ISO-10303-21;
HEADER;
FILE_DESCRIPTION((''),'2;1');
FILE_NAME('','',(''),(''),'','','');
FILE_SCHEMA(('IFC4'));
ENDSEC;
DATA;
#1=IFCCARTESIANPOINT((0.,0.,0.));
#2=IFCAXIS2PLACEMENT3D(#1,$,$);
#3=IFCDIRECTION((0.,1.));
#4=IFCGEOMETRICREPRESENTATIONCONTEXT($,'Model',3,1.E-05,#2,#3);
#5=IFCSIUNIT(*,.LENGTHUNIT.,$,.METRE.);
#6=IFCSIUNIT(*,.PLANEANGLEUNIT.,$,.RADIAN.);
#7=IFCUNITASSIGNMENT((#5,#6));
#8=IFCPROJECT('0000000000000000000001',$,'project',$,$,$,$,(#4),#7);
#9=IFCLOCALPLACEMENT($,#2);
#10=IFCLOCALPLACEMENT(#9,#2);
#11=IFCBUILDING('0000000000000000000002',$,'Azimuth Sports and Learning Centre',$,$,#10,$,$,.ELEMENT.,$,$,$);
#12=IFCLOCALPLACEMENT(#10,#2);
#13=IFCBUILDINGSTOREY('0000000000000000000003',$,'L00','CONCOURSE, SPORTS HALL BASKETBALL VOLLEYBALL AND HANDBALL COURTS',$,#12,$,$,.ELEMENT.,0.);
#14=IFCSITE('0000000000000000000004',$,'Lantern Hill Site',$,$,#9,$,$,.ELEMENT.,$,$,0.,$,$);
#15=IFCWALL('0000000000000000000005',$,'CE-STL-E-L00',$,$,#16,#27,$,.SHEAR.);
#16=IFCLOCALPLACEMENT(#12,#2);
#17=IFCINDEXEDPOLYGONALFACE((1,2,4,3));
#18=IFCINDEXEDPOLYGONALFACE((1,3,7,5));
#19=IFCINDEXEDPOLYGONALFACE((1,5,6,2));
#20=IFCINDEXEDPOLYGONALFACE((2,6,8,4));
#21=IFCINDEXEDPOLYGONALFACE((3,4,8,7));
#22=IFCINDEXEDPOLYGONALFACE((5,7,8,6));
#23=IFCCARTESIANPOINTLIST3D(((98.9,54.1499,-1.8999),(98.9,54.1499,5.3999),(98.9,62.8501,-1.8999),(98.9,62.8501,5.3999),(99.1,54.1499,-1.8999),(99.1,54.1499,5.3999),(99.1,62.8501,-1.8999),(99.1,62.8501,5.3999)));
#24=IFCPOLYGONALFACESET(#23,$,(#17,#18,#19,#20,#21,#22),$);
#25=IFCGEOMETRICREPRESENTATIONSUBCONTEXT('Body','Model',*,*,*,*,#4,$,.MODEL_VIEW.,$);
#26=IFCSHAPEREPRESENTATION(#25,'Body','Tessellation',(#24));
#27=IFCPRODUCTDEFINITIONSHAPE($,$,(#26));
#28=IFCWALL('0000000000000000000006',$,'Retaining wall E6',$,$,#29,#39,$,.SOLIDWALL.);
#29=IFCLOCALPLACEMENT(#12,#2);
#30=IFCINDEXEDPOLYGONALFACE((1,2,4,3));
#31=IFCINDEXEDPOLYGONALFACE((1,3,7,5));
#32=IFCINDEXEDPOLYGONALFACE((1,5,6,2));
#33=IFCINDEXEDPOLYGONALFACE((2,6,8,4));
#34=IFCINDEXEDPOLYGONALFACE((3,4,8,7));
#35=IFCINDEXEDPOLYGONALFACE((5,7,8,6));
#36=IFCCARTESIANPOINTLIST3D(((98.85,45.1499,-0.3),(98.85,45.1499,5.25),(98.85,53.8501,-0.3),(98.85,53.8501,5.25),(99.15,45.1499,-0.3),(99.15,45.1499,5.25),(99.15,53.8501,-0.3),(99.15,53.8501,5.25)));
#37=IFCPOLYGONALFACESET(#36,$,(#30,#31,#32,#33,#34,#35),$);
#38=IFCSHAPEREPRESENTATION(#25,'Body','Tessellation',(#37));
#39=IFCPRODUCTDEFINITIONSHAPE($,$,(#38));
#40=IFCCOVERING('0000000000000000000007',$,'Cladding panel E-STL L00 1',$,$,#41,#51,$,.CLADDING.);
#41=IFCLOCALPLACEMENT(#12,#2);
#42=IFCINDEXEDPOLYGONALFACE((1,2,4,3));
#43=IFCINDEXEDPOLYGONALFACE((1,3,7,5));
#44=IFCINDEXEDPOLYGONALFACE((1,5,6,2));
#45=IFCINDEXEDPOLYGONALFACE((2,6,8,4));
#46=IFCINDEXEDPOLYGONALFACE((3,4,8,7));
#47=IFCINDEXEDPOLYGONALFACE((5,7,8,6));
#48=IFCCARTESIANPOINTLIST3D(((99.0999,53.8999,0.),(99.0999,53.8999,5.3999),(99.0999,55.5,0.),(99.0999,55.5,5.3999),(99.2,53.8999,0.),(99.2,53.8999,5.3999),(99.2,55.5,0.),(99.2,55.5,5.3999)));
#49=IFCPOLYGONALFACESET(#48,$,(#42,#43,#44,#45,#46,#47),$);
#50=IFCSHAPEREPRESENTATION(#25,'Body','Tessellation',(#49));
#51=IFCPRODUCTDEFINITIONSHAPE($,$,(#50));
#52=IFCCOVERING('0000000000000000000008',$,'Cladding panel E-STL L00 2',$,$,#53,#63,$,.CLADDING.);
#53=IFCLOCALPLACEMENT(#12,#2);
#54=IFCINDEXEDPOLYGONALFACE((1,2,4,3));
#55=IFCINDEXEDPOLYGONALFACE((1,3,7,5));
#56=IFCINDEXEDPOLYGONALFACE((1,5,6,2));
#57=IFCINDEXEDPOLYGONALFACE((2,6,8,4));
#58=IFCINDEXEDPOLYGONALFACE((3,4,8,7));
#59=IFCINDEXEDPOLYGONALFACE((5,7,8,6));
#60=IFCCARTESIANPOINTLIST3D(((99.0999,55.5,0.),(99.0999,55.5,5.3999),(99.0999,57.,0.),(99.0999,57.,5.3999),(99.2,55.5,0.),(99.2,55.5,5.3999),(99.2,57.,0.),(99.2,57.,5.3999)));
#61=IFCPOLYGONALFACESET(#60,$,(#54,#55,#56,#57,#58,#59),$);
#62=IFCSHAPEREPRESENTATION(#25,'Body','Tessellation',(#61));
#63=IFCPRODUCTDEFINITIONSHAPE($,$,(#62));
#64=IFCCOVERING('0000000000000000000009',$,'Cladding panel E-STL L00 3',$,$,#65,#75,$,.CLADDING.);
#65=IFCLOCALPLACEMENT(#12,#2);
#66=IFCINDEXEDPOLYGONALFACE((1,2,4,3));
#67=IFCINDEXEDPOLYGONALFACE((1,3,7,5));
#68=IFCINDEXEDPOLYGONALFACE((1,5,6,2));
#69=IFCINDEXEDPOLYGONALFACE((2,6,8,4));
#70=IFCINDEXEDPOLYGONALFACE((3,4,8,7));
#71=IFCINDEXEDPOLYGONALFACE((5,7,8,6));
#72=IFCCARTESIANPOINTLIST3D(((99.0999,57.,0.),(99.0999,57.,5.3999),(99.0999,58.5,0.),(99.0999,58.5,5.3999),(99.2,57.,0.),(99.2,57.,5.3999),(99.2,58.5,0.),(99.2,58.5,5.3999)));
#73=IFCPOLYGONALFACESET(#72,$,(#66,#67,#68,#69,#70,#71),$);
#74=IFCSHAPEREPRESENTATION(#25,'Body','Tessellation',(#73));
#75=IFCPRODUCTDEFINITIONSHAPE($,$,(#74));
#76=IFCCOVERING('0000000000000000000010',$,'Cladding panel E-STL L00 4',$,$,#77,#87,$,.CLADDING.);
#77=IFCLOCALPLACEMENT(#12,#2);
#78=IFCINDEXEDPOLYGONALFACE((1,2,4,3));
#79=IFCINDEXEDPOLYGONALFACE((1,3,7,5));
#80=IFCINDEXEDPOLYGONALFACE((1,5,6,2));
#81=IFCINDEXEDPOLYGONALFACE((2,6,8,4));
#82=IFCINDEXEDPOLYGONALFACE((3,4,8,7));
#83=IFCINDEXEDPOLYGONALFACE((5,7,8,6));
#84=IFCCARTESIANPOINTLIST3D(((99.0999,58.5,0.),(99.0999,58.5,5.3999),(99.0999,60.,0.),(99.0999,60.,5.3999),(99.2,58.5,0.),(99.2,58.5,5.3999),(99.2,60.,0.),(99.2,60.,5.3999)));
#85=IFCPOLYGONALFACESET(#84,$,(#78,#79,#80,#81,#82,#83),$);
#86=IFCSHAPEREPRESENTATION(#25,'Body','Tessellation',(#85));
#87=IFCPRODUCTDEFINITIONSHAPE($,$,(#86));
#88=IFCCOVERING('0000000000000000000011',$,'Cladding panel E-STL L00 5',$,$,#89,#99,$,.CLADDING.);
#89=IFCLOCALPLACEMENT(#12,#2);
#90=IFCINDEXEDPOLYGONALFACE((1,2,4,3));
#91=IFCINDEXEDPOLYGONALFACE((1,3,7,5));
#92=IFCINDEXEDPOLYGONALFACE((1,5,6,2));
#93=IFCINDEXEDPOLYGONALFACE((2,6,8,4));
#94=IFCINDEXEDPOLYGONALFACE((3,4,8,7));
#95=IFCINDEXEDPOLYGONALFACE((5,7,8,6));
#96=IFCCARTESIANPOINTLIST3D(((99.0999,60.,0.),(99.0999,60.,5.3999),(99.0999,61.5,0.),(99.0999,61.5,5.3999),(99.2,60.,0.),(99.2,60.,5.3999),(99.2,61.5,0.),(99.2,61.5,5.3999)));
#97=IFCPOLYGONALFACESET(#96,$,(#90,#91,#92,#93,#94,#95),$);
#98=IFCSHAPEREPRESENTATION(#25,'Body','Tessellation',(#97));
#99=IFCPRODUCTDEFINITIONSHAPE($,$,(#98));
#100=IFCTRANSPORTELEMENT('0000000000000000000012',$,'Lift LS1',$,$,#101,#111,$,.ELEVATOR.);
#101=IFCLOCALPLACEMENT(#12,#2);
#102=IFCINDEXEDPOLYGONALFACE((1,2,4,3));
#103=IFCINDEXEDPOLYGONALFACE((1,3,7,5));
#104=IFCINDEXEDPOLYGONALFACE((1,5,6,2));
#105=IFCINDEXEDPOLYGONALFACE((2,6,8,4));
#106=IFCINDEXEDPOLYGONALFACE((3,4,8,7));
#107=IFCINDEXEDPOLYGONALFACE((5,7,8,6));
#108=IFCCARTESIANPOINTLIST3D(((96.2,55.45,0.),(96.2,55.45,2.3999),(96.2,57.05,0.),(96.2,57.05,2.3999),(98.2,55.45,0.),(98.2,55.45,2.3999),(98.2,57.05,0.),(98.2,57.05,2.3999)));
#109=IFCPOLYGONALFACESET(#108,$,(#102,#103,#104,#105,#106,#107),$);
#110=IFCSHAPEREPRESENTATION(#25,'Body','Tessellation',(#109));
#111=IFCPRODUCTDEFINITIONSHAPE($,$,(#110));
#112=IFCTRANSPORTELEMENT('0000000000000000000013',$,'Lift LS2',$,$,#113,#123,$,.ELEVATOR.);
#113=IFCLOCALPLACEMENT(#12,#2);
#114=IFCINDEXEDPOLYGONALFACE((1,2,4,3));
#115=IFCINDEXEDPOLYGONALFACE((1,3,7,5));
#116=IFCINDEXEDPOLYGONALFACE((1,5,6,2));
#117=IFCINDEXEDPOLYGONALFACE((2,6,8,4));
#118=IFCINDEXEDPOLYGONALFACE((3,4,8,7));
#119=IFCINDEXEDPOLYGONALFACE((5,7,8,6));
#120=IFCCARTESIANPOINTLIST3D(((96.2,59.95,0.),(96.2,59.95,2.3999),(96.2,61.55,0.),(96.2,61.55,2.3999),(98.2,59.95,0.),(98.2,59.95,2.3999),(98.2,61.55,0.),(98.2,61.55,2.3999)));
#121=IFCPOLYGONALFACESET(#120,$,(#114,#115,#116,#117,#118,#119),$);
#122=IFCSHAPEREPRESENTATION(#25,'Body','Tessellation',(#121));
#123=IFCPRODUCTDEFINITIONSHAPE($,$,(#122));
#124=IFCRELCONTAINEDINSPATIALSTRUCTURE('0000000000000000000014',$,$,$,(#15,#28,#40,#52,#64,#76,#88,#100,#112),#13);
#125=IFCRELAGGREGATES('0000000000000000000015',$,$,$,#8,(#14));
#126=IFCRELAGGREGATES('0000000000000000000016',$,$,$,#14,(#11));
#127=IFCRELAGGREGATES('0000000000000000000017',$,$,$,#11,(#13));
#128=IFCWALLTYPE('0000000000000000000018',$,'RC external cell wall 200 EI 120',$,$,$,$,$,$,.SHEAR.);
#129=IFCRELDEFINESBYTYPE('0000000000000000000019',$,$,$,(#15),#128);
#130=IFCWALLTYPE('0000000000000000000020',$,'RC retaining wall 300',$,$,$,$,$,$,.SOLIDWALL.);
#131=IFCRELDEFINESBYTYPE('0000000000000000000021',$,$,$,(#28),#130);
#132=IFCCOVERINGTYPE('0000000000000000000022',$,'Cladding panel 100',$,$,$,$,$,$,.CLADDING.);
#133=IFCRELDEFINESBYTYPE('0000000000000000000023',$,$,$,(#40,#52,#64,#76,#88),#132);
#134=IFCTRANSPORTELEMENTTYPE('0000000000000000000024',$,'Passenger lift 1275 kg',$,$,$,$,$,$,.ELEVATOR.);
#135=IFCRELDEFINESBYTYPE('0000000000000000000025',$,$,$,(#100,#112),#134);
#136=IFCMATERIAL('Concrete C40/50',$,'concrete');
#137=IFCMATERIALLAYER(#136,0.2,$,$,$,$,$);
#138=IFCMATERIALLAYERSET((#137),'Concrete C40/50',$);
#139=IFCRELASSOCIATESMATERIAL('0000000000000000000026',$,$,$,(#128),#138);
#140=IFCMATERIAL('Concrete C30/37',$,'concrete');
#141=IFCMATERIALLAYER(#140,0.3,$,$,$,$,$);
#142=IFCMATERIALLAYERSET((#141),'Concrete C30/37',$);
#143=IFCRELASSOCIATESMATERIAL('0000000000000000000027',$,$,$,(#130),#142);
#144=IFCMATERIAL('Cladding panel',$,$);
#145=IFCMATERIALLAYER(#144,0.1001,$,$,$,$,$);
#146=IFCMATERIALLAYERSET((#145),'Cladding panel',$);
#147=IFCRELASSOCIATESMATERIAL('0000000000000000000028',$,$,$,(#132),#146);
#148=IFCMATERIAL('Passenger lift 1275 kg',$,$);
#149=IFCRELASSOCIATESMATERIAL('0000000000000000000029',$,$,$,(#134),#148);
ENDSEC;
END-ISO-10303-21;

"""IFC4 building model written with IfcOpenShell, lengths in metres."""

from ifc_helpers import new_model, si_unit, direction, frame, frame_2d, origin, origin_2d, place, context, subcontext, project, spatial, rectangle, extrude, material, layer, layer_set, type_object, element, save


model = new_model("IFC4")

# Units and contexts
model_context = context("Model", 3, precision=1e-05, world=origin(), true_north=direction((0.0, 1.0)))
body_context = subcontext(model_context, "Body", "Model", "MODEL_VIEW")
ifc_project = project(units=[si_unit("LENGTHUNIT", "METRE"), si_unit("PLANEANGLEUNIT", "RADIAN")], contexts=[model_context])

# Site, building, storey
site_placement = place(None, origin())
site = spatial("IfcSite", under=ifc_project, at=site_placement, Name="Lantern Hill Site", CompositionType="ELEMENT", RefElevation=0.0)
building_placement = place(site_placement, origin())
building = spatial("IfcBuilding", under=site, at=building_placement, Name="Azimuth Sports and Learning Centre", CompositionType="ELEMENT")
storey_placement = place(building_placement, origin())
storey = spatial("IfcBuildingStorey", under=building, at=storey_placement, Name="L00", Description="CONCOURSE, SPORTS HALL BASKETBALL VOLLEYBALL AND HANDBALL COURTS", CompositionType="ELEMENT", Elevation=0.0)

# Walls
ifc_material_1 = material(Name="Concrete C40/50", Category="concrete")
ifc_layer_1 = layer(ifc_material_1, 0.2)
ifc_layer_set_1 = layer_set([ifc_layer_1], Name="Concrete C40/50")
wall_type_1 = type_object("IfcWallType", Name="RC external cell wall 200 EI 120", PredefinedType="SHEAR", material=ifc_layer_set_1)
wall_1_placement = place(storey_placement, frame((99.0, 54.1499, -1.8999), z_axis=(0.0, 0.0, 1.0), x_axis=(0.0, 1.0, 0.0)))
element("IfcWall", 1, at=wall_1_placement, inside=storey, type_object=wall_type_1, Name="CE-STL-E-L00", PredefinedType="SHEAR", context=body_context, shape_type="SweptSolid", body=[
    extrude(rectangle(XDim=8.7002, YDim=0.2, at=frame_2d((4.3501, 0.0))), origin(), (0.0, 0.0, 1.0), 7.2998),
])
ifc_material_2 = material(Name="Concrete C30/37", Category="concrete")
ifc_layer_2 = layer(ifc_material_2, 0.3)
ifc_layer_set_2 = layer_set([ifc_layer_2], Name="Concrete C30/37")
wall_type_2 = type_object("IfcWallType", Name="RC retaining wall 300", PredefinedType="SOLIDWALL", material=ifc_layer_set_2)
wall_2_placement = place(storey_placement, frame((99.0, 45.1499, -0.3), z_axis=(0.0, 0.0, 1.0), x_axis=(0.0, 1.0, 0.0)))
element("IfcWall", 2, at=wall_2_placement, inside=storey, type_object=wall_type_2, Name="Retaining wall E6", PredefinedType="SOLIDWALL", context=body_context, shape_type="SweptSolid", body=[
    extrude(rectangle(XDim=8.7002, YDim=0.3, at=frame_2d((4.3501, 0.0))), origin(), (0.0, 0.0, 1.0), 5.55),
])

# Coverings
ifc_material_3 = material(Name="Cladding panel")
ifc_layer_3 = layer(ifc_material_3, 0.1001)
ifc_layer_set_3 = layer_set([ifc_layer_3], Name="Cladding panel")
covering_type = type_object("IfcCoveringType", Name="Cladding panel 100", PredefinedType="CLADDING", material=ifc_layer_set_3)
covering_placement = place(storey_placement, frame((99.1499, 54.7, 0.0), z_axis=(0.0, 0.0, 1.0), x_axis=(0.0, 1.0, 0.0)))
element("IfcCovering", 3, at=covering_placement, inside=storey, type_object=covering_type, Name="Cladding panel E-STL L00 1", PredefinedType="CLADDING", context=body_context, shape_type="SweptSolid", body=[
    extrude(rectangle(XDim=1.6001, YDim=0.1001, at=origin_2d()), origin(), (0.0, 0.0, 1.0), 5.3999),
])
for number, where, z_axis, x_axis, name in (
    (4, (99.1499, 56.25, 0.0), (0.0, 0.0, 1.0), (0.0, 1.0, 0.0), "Cladding panel E-STL L00 2"),
    (5, (99.1499, 57.75, 0.0), (0.0, 0.0, 1.0), (0.0, 1.0, 0.0), "Cladding panel E-STL L00 3"),
    (6, (99.1499, 59.25, 0.0), (0.0, 0.0, 1.0), (0.0, 1.0, 0.0), "Cladding panel E-STL L00 4"),
    (7, (99.1499, 60.75, 0.0), (0.0, 0.0, 1.0), (0.0, 1.0, 0.0), "Cladding panel E-STL L00 5"),
):
    element("IfcCovering", number, at=place(storey_placement, frame(where, z_axis=z_axis, x_axis=x_axis)), inside=storey, type_object=covering_type, Name=name, PredefinedType="CLADDING", context=body_context, shape_type="SweptSolid", body=[
        extrude(rectangle(XDim=1.5, YDim=0.1001, at=origin_2d()), origin(), (0.0, 0.0, 1.0), 5.3999),
    ])

# Transport elements
ifc_material_4 = material(Name="Passenger lift 1275 kg")
transport_element_type = type_object("IfcTransportElementType", Name="Passenger lift 1275 kg", PredefinedType="ELEVATOR", material=ifc_material_4)
for number, where, z_axis, x_axis, name in (
    (8, (97.2, 56.25, 0.0), (0.0, 0.0, 1.0), (1.0, 0.0, 0.0), "Lift LS1"),
    (9, (97.2, 60.75, 0.0), (0.0, 0.0, 1.0), (1.0, 0.0, 0.0), "Lift LS2"),
):
    element("IfcTransportElement", number, at=place(storey_placement, frame(where, z_axis=z_axis, x_axis=x_axis)), inside=storey, type_object=transport_element_type, Name=name, PredefinedType="ELEVATOR", context=body_context, shape_type="SweptSolid", body=[
        extrude(rectangle(XDim=2.0, YDim=1.6001, at=origin_2d()), origin(), (0.0, 0.0, 1.0), 2.3999),
    ])

save(model, "model.ifc")
